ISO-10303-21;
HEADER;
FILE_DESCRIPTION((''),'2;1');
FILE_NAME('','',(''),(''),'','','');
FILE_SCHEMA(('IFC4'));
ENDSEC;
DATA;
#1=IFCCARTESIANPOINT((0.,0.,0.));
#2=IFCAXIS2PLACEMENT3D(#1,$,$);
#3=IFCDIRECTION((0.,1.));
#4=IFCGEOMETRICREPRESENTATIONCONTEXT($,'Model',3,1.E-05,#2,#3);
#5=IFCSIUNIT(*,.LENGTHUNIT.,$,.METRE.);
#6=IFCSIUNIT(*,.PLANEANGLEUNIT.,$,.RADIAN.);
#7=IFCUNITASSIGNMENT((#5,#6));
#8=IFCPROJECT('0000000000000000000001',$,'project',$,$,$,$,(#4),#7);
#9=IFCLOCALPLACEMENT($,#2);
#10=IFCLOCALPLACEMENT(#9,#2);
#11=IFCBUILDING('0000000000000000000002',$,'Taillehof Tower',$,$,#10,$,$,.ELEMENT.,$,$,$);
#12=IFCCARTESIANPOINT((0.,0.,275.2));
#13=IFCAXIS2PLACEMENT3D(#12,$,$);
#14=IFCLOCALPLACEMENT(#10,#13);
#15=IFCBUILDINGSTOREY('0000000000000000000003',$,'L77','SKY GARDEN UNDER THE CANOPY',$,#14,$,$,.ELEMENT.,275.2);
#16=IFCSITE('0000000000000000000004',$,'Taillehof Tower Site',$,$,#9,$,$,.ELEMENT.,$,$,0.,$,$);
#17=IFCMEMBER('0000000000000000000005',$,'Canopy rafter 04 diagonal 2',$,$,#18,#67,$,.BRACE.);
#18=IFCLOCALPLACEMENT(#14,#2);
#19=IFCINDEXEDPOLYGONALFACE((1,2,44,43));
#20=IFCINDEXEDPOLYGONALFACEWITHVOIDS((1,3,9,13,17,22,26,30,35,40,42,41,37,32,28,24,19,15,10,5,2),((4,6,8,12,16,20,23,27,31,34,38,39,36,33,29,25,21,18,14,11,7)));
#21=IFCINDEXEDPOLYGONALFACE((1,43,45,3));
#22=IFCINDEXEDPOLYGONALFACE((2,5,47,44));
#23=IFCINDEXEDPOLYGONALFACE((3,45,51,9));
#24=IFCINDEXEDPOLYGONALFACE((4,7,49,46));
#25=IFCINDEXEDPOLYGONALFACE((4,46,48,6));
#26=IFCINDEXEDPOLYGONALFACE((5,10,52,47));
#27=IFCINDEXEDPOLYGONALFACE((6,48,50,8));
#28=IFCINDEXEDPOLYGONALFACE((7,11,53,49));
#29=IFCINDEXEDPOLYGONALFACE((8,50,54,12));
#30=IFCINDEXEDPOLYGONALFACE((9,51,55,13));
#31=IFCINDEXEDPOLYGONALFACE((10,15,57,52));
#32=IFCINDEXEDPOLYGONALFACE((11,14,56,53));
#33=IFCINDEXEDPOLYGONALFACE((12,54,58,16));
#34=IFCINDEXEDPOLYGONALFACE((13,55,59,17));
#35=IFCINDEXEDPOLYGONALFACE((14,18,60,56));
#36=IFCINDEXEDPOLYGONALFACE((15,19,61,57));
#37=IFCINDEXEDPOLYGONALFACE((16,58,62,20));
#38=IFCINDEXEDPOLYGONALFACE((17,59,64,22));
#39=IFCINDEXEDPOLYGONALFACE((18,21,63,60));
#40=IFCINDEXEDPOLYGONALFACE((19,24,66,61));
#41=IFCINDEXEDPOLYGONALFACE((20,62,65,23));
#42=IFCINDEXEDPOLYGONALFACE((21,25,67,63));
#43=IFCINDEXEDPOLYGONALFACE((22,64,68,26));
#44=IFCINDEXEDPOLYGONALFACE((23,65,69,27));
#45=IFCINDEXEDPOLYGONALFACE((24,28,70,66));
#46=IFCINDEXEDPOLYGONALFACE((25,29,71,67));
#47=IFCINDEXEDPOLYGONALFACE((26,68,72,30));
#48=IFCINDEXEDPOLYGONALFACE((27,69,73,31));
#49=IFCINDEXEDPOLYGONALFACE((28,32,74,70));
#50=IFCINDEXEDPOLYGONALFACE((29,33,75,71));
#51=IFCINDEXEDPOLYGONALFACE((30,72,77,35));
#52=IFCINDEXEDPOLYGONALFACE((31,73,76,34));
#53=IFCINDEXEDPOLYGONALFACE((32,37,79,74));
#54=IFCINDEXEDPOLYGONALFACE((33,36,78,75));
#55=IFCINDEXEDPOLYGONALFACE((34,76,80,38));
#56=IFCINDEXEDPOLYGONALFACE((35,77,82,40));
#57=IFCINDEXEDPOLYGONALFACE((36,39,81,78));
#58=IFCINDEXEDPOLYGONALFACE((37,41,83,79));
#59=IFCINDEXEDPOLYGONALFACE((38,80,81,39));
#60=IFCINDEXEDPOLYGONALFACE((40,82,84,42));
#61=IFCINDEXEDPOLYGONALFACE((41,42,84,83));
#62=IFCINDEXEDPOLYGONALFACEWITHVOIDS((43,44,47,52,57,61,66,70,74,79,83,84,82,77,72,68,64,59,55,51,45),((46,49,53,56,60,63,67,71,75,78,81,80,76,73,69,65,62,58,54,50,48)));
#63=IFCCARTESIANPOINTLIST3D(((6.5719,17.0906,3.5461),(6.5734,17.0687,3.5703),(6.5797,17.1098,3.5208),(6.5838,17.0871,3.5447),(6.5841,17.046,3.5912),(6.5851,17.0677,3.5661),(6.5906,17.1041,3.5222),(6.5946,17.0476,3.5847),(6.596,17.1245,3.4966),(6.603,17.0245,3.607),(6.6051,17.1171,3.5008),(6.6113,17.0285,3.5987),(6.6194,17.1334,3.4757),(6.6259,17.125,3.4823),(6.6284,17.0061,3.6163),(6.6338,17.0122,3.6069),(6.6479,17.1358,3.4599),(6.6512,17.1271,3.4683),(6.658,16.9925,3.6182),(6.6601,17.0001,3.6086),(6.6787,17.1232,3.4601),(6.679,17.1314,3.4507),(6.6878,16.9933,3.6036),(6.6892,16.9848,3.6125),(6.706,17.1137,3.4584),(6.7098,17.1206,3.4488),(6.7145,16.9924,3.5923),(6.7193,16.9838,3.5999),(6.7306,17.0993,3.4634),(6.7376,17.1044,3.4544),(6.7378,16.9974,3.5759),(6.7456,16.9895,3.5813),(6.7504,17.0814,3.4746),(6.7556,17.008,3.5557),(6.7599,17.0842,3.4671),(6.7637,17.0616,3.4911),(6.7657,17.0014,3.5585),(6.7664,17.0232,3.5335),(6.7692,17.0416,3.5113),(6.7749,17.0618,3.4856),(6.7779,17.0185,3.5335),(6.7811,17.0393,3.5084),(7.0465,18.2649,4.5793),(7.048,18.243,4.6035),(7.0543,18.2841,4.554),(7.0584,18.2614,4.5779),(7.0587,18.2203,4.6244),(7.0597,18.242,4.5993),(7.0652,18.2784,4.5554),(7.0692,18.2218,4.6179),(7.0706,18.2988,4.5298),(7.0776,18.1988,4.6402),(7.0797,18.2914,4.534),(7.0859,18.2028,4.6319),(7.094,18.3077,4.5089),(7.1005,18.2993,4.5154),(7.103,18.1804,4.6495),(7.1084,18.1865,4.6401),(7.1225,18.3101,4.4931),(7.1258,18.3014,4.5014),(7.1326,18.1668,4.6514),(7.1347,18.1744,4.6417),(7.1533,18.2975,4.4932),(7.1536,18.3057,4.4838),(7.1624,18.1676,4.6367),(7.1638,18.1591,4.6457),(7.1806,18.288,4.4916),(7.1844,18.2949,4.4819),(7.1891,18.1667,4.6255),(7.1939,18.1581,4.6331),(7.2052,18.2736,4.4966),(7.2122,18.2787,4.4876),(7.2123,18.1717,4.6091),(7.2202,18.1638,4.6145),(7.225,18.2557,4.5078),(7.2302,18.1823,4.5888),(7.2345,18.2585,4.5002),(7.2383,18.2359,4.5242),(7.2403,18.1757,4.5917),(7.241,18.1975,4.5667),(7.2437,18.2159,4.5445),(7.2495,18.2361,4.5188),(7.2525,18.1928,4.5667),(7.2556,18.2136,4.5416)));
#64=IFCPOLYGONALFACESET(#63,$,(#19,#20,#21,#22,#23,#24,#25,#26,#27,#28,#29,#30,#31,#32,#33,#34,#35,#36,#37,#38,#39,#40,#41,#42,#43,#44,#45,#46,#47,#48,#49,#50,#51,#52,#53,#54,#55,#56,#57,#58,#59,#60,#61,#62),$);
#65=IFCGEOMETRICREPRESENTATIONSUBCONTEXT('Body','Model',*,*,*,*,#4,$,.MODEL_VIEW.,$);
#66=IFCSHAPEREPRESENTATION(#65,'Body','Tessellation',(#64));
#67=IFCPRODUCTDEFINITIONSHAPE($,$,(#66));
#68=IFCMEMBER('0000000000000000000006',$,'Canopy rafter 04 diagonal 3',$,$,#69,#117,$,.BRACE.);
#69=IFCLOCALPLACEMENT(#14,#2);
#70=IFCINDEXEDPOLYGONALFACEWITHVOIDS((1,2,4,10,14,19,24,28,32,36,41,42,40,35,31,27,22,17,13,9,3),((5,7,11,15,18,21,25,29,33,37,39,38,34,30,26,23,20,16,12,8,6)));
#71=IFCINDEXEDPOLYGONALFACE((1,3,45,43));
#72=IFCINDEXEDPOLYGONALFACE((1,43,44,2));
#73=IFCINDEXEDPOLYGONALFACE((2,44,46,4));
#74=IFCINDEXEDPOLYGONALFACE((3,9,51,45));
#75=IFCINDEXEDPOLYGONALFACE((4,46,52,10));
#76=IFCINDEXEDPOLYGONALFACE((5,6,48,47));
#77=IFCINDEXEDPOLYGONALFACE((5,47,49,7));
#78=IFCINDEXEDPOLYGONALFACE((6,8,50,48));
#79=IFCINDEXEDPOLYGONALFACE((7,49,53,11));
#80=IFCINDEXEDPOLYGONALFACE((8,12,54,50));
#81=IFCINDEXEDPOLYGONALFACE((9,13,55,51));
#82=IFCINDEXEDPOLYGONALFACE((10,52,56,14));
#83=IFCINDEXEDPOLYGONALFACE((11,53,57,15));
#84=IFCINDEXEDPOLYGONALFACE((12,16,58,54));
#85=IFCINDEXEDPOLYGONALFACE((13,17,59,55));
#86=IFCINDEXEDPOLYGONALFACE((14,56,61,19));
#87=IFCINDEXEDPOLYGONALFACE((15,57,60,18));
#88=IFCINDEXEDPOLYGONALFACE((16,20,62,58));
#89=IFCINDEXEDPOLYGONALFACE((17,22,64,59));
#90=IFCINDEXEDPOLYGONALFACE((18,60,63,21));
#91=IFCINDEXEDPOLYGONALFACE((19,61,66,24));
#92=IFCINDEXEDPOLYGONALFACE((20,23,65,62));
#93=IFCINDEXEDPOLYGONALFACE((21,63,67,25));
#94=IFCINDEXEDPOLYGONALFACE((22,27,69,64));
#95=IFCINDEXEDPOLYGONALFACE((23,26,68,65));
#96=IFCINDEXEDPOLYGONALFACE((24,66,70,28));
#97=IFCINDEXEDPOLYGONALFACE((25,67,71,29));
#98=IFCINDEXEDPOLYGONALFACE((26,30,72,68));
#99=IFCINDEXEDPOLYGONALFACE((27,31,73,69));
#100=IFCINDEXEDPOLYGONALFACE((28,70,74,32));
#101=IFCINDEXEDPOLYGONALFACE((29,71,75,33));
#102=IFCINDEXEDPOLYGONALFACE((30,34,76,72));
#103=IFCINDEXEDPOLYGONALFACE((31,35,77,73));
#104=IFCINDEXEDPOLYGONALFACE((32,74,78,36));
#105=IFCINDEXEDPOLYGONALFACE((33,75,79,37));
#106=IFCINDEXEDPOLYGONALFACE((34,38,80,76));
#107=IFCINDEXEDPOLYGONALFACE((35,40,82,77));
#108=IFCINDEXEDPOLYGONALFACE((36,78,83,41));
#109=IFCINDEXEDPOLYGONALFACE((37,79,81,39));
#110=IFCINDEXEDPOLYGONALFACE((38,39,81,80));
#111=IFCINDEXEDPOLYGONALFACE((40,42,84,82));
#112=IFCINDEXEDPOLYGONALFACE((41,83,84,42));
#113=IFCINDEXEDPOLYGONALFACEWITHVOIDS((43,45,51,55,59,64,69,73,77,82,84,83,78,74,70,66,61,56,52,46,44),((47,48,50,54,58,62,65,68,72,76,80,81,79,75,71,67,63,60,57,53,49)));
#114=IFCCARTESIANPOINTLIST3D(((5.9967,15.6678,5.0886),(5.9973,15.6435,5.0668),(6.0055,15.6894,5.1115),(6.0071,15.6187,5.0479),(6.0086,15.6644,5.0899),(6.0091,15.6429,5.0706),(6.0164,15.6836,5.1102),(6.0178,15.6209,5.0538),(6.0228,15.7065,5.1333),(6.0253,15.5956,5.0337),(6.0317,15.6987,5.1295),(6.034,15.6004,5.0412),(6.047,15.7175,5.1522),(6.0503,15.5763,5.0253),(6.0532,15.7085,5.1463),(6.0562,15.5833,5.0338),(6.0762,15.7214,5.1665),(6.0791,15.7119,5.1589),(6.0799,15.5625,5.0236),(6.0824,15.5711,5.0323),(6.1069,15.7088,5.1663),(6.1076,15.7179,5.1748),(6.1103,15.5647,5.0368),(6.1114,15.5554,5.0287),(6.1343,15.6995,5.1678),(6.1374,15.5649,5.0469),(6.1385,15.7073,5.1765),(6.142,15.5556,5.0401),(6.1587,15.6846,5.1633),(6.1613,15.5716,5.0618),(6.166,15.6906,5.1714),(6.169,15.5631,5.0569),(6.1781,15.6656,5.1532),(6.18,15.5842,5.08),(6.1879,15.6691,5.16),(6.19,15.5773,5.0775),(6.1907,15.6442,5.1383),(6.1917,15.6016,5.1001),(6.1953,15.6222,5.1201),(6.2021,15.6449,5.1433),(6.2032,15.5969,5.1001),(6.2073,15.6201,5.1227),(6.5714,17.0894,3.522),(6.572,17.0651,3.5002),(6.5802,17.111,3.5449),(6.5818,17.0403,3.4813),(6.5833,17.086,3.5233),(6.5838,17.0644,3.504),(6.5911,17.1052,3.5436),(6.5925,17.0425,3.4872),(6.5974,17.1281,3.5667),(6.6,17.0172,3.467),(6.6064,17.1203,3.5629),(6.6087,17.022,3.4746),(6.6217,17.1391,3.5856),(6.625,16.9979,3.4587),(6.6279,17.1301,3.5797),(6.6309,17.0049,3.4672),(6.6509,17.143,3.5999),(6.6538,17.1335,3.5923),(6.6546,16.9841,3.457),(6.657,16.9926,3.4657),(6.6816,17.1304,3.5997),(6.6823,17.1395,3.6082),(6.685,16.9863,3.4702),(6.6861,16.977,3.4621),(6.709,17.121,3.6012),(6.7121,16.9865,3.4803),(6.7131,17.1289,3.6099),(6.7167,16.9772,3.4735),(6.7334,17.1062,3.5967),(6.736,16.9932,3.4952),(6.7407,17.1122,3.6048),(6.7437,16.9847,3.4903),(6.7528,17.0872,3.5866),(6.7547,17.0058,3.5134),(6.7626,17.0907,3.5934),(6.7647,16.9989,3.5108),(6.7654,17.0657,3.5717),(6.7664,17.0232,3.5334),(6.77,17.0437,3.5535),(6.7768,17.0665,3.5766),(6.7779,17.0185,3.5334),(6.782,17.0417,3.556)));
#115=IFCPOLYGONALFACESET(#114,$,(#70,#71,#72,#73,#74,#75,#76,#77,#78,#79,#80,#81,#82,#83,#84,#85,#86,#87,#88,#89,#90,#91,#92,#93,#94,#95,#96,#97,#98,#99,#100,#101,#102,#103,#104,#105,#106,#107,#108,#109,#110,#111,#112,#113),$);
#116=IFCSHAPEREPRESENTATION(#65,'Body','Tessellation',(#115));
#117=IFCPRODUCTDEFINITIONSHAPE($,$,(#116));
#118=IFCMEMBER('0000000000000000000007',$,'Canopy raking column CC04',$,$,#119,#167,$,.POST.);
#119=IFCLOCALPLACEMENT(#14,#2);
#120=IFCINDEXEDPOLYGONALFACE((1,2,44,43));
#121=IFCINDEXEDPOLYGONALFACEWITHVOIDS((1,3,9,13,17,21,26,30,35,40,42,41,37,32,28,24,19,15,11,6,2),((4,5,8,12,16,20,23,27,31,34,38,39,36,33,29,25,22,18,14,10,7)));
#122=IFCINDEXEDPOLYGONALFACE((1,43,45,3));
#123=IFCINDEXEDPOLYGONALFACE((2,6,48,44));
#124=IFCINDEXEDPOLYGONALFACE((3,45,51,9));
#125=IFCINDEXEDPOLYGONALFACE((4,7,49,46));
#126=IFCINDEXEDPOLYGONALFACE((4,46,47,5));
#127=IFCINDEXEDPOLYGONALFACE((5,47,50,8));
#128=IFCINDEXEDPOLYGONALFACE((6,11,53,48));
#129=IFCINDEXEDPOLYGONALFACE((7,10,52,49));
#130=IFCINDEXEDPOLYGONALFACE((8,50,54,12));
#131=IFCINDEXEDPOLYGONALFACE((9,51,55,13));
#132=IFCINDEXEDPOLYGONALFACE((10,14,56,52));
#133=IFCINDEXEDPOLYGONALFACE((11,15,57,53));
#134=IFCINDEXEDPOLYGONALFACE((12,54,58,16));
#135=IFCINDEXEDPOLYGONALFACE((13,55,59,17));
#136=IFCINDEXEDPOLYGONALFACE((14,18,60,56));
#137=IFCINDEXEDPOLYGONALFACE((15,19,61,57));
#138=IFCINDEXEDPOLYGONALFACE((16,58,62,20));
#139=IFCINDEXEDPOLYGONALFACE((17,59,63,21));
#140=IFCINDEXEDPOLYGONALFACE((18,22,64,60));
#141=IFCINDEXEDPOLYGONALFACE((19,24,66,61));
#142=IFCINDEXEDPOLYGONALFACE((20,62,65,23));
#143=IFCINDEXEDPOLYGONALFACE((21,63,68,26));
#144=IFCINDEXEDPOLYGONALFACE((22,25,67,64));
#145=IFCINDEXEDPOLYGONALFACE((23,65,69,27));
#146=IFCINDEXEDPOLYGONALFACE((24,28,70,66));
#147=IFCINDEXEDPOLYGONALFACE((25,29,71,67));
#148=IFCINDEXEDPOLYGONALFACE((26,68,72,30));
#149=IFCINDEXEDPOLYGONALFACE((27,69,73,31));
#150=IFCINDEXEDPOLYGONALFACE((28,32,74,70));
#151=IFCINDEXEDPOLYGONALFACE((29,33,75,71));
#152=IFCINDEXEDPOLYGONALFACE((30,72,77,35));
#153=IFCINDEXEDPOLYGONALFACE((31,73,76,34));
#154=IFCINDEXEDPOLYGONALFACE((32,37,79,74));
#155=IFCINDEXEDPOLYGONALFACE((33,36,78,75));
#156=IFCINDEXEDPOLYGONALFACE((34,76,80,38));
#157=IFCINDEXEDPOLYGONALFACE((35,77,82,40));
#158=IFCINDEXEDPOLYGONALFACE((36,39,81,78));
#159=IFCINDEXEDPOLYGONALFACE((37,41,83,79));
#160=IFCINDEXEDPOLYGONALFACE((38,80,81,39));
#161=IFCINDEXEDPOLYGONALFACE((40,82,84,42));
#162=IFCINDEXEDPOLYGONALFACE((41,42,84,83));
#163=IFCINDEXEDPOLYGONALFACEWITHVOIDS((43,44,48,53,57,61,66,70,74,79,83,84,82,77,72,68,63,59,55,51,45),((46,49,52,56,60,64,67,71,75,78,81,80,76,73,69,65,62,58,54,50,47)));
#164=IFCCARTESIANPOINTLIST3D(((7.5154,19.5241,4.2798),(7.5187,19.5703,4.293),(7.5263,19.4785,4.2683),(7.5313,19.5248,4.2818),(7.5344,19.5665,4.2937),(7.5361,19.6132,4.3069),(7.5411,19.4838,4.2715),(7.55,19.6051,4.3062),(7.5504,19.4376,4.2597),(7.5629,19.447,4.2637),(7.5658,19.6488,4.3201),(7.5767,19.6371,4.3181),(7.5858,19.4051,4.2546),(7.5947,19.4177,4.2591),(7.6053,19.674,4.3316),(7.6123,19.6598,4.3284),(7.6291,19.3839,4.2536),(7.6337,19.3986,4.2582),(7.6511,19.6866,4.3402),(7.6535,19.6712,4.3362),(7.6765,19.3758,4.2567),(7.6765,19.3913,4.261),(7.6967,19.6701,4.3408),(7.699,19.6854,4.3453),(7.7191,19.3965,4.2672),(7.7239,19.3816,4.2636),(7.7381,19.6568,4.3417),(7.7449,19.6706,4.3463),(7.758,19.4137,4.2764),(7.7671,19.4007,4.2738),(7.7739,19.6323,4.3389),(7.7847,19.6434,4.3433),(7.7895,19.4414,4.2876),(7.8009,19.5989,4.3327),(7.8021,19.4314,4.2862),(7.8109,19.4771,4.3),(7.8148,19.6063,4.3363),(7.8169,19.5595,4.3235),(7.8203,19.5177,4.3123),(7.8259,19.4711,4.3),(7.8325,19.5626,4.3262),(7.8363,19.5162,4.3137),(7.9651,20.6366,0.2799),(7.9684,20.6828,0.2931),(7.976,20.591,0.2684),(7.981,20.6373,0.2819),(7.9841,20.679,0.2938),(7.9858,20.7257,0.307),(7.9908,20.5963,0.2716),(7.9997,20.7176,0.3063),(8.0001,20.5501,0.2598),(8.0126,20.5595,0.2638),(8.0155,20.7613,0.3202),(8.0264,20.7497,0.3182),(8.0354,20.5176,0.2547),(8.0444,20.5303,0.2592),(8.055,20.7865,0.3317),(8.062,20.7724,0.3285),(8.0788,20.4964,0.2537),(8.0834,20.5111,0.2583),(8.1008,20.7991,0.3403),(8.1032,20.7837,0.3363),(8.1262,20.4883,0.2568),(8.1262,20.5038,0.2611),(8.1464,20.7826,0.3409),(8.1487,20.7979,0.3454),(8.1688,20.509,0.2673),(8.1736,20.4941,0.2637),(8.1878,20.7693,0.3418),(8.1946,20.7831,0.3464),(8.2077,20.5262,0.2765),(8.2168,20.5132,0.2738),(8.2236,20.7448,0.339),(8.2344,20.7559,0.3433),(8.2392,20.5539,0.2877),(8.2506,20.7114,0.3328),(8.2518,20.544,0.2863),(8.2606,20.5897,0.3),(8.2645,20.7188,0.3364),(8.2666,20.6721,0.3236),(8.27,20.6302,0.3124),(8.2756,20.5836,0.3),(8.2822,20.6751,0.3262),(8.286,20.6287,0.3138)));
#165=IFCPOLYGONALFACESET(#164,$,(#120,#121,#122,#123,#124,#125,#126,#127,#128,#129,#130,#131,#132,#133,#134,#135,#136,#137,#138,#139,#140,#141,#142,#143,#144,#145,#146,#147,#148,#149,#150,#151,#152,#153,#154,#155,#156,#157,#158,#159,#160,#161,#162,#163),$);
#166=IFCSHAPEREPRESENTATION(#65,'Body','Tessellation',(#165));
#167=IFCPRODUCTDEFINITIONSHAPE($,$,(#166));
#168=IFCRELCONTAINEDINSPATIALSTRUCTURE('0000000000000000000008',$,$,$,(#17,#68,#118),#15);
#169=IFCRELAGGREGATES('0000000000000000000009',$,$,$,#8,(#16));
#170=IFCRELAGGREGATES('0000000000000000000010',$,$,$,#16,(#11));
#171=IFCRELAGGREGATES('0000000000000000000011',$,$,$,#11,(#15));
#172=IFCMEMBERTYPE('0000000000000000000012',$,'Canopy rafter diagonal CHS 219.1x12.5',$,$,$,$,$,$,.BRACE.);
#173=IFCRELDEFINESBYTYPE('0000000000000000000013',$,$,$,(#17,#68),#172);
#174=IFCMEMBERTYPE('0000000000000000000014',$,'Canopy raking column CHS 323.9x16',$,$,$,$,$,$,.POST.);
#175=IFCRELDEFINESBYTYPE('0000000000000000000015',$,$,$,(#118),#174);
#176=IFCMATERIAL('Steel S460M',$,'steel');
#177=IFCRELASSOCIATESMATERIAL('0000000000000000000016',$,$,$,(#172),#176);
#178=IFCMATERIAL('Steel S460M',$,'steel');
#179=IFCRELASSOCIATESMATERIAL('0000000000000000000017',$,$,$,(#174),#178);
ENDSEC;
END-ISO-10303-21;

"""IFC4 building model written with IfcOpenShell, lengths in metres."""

from ifc_helpers import new_model, si_unit, direction, frame, origin, origin_2d, place, context, subcontext, project, spatial, hollow_circle, extrude, material, material_profile, profile_set, type_object, element, save


model = new_model("IFC4")

# Units and contexts
model_context = context("Model", 3, precision=1e-05, world=origin(), true_north=direction((0.0, 1.0)))
body_context = subcontext(model_context, "Body", "Model", "MODEL_VIEW")
ifc_project = project(units=[si_unit("LENGTHUNIT", "METRE"), si_unit("PLANEANGLEUNIT", "RADIAN")], contexts=[model_context])

# Site, building, storey
site_placement = place(None, origin())
site = spatial("IfcSite", under=ifc_project, at=site_placement, Name="Taillehof Tower Site", CompositionType="ELEMENT", RefElevation=0.0)
building_placement = place(site_placement, origin())
building = spatial("IfcBuilding", under=site, at=building_placement, Name="Taillehof Tower", CompositionType="ELEMENT")
storey_placement = place(building_placement, frame((0.0, 0.0, 275.2)))
storey = spatial("IfcBuildingStorey", under=building, at=storey_placement, Name="L77", Description="SKY GARDEN UNDER THE CANOPY", CompositionType="ELEMENT", Elevation=275.2)

# Members
ifc_material_1 = material(Name="Steel S460M", Category="steel")
ifc_material_profile_1 = material_profile(ifc_material_1, hollow_circle(Radius=0.1096, WallThickness=0.0125, at=origin_2d()), Name="CHS 219.1x12.5")
ifc_profile_set_1 = profile_set([ifc_material_profile_1], Name="Steel S460M")
member_type_1 = type_object("IfcMemberType", Name="Canopy rafter diagonal CHS 219.1x12.5", PredefinedType="BRACE", material=ifc_profile_set_1)
member_1_placement = place(storey_placement, frame((7.1509, 18.2339, 4.5667), z_axis=(-0.290359, -0.71843, -0.632099), x_axis=(0.927141, -0.374712, 0.0)))
element("IfcMember", 1, at=member_1_placement, inside=storey, type_object=member_type_1, Name="Canopy rafter 04 diagonal 2", PredefinedType="BRACE", context=body_context, shape_type="SweptSolid", body=[
    extrude(hollow_circle(Radius=0.1096, WallThickness=0.0125, at=origin_2d()), origin(), (0.0, 0.0, 1.0), 1.6345),
])
member_2_placement = place(storey_placement, frame((6.6763, 17.0596, 3.5334), z_axis=(-0.262161, -0.648497, 0.714649), x_axis=(0.927109, -0.374792, 0.0)))
element("IfcMember", 2, at=member_2_placement, inside=storey, type_object=member_type_1, Name="Canopy rafter 04 diagonal 3", PredefinedType="BRACE", context=body_context, shape_type="SweptSolid", body=[
    extrude(hollow_circle(Radius=0.1096, WallThickness=0.0125, at=origin_2d()), origin(), (0.0, 0.0, 1.0), 2.1921),
])
ifc_material_2 = material(Name="Steel S460M", Category="steel")
ifc_material_profile_2 = material_profile(ifc_material_2, hollow_circle(Radius=0.1619, WallThickness=0.0161, at=origin_2d()), Name="CHS 323.9x16")
ifc_profile_set_2 = profile_set([ifc_material_profile_2], Name="Steel S460M")
member_type_2 = type_object("IfcMemberType", Name="Canopy raking column CHS 323.9x16", PredefinedType="POST", material=ifc_profile_set_2)
member_3_placement = place(storey_placement, frame((8.1255, 20.6443, 0.3), z_axis=(-0.107685, -0.266407, 0.957826), x_axis=(0.927124, -0.374756, 0.0)))
element("IfcMember", 3, at=member_3_placement, inside=storey, type_object=member_type_2, Name="Canopy raking column CC04", PredefinedType="POST", context=body_context, shape_type="SweptSolid", body=[
    extrude(hollow_circle(Radius=0.1619, WallThickness=0.0161, at=origin_2d()), origin(), (0.0, 0.0, 1.0), 4.176),
])

save(model, "model.ifc")
